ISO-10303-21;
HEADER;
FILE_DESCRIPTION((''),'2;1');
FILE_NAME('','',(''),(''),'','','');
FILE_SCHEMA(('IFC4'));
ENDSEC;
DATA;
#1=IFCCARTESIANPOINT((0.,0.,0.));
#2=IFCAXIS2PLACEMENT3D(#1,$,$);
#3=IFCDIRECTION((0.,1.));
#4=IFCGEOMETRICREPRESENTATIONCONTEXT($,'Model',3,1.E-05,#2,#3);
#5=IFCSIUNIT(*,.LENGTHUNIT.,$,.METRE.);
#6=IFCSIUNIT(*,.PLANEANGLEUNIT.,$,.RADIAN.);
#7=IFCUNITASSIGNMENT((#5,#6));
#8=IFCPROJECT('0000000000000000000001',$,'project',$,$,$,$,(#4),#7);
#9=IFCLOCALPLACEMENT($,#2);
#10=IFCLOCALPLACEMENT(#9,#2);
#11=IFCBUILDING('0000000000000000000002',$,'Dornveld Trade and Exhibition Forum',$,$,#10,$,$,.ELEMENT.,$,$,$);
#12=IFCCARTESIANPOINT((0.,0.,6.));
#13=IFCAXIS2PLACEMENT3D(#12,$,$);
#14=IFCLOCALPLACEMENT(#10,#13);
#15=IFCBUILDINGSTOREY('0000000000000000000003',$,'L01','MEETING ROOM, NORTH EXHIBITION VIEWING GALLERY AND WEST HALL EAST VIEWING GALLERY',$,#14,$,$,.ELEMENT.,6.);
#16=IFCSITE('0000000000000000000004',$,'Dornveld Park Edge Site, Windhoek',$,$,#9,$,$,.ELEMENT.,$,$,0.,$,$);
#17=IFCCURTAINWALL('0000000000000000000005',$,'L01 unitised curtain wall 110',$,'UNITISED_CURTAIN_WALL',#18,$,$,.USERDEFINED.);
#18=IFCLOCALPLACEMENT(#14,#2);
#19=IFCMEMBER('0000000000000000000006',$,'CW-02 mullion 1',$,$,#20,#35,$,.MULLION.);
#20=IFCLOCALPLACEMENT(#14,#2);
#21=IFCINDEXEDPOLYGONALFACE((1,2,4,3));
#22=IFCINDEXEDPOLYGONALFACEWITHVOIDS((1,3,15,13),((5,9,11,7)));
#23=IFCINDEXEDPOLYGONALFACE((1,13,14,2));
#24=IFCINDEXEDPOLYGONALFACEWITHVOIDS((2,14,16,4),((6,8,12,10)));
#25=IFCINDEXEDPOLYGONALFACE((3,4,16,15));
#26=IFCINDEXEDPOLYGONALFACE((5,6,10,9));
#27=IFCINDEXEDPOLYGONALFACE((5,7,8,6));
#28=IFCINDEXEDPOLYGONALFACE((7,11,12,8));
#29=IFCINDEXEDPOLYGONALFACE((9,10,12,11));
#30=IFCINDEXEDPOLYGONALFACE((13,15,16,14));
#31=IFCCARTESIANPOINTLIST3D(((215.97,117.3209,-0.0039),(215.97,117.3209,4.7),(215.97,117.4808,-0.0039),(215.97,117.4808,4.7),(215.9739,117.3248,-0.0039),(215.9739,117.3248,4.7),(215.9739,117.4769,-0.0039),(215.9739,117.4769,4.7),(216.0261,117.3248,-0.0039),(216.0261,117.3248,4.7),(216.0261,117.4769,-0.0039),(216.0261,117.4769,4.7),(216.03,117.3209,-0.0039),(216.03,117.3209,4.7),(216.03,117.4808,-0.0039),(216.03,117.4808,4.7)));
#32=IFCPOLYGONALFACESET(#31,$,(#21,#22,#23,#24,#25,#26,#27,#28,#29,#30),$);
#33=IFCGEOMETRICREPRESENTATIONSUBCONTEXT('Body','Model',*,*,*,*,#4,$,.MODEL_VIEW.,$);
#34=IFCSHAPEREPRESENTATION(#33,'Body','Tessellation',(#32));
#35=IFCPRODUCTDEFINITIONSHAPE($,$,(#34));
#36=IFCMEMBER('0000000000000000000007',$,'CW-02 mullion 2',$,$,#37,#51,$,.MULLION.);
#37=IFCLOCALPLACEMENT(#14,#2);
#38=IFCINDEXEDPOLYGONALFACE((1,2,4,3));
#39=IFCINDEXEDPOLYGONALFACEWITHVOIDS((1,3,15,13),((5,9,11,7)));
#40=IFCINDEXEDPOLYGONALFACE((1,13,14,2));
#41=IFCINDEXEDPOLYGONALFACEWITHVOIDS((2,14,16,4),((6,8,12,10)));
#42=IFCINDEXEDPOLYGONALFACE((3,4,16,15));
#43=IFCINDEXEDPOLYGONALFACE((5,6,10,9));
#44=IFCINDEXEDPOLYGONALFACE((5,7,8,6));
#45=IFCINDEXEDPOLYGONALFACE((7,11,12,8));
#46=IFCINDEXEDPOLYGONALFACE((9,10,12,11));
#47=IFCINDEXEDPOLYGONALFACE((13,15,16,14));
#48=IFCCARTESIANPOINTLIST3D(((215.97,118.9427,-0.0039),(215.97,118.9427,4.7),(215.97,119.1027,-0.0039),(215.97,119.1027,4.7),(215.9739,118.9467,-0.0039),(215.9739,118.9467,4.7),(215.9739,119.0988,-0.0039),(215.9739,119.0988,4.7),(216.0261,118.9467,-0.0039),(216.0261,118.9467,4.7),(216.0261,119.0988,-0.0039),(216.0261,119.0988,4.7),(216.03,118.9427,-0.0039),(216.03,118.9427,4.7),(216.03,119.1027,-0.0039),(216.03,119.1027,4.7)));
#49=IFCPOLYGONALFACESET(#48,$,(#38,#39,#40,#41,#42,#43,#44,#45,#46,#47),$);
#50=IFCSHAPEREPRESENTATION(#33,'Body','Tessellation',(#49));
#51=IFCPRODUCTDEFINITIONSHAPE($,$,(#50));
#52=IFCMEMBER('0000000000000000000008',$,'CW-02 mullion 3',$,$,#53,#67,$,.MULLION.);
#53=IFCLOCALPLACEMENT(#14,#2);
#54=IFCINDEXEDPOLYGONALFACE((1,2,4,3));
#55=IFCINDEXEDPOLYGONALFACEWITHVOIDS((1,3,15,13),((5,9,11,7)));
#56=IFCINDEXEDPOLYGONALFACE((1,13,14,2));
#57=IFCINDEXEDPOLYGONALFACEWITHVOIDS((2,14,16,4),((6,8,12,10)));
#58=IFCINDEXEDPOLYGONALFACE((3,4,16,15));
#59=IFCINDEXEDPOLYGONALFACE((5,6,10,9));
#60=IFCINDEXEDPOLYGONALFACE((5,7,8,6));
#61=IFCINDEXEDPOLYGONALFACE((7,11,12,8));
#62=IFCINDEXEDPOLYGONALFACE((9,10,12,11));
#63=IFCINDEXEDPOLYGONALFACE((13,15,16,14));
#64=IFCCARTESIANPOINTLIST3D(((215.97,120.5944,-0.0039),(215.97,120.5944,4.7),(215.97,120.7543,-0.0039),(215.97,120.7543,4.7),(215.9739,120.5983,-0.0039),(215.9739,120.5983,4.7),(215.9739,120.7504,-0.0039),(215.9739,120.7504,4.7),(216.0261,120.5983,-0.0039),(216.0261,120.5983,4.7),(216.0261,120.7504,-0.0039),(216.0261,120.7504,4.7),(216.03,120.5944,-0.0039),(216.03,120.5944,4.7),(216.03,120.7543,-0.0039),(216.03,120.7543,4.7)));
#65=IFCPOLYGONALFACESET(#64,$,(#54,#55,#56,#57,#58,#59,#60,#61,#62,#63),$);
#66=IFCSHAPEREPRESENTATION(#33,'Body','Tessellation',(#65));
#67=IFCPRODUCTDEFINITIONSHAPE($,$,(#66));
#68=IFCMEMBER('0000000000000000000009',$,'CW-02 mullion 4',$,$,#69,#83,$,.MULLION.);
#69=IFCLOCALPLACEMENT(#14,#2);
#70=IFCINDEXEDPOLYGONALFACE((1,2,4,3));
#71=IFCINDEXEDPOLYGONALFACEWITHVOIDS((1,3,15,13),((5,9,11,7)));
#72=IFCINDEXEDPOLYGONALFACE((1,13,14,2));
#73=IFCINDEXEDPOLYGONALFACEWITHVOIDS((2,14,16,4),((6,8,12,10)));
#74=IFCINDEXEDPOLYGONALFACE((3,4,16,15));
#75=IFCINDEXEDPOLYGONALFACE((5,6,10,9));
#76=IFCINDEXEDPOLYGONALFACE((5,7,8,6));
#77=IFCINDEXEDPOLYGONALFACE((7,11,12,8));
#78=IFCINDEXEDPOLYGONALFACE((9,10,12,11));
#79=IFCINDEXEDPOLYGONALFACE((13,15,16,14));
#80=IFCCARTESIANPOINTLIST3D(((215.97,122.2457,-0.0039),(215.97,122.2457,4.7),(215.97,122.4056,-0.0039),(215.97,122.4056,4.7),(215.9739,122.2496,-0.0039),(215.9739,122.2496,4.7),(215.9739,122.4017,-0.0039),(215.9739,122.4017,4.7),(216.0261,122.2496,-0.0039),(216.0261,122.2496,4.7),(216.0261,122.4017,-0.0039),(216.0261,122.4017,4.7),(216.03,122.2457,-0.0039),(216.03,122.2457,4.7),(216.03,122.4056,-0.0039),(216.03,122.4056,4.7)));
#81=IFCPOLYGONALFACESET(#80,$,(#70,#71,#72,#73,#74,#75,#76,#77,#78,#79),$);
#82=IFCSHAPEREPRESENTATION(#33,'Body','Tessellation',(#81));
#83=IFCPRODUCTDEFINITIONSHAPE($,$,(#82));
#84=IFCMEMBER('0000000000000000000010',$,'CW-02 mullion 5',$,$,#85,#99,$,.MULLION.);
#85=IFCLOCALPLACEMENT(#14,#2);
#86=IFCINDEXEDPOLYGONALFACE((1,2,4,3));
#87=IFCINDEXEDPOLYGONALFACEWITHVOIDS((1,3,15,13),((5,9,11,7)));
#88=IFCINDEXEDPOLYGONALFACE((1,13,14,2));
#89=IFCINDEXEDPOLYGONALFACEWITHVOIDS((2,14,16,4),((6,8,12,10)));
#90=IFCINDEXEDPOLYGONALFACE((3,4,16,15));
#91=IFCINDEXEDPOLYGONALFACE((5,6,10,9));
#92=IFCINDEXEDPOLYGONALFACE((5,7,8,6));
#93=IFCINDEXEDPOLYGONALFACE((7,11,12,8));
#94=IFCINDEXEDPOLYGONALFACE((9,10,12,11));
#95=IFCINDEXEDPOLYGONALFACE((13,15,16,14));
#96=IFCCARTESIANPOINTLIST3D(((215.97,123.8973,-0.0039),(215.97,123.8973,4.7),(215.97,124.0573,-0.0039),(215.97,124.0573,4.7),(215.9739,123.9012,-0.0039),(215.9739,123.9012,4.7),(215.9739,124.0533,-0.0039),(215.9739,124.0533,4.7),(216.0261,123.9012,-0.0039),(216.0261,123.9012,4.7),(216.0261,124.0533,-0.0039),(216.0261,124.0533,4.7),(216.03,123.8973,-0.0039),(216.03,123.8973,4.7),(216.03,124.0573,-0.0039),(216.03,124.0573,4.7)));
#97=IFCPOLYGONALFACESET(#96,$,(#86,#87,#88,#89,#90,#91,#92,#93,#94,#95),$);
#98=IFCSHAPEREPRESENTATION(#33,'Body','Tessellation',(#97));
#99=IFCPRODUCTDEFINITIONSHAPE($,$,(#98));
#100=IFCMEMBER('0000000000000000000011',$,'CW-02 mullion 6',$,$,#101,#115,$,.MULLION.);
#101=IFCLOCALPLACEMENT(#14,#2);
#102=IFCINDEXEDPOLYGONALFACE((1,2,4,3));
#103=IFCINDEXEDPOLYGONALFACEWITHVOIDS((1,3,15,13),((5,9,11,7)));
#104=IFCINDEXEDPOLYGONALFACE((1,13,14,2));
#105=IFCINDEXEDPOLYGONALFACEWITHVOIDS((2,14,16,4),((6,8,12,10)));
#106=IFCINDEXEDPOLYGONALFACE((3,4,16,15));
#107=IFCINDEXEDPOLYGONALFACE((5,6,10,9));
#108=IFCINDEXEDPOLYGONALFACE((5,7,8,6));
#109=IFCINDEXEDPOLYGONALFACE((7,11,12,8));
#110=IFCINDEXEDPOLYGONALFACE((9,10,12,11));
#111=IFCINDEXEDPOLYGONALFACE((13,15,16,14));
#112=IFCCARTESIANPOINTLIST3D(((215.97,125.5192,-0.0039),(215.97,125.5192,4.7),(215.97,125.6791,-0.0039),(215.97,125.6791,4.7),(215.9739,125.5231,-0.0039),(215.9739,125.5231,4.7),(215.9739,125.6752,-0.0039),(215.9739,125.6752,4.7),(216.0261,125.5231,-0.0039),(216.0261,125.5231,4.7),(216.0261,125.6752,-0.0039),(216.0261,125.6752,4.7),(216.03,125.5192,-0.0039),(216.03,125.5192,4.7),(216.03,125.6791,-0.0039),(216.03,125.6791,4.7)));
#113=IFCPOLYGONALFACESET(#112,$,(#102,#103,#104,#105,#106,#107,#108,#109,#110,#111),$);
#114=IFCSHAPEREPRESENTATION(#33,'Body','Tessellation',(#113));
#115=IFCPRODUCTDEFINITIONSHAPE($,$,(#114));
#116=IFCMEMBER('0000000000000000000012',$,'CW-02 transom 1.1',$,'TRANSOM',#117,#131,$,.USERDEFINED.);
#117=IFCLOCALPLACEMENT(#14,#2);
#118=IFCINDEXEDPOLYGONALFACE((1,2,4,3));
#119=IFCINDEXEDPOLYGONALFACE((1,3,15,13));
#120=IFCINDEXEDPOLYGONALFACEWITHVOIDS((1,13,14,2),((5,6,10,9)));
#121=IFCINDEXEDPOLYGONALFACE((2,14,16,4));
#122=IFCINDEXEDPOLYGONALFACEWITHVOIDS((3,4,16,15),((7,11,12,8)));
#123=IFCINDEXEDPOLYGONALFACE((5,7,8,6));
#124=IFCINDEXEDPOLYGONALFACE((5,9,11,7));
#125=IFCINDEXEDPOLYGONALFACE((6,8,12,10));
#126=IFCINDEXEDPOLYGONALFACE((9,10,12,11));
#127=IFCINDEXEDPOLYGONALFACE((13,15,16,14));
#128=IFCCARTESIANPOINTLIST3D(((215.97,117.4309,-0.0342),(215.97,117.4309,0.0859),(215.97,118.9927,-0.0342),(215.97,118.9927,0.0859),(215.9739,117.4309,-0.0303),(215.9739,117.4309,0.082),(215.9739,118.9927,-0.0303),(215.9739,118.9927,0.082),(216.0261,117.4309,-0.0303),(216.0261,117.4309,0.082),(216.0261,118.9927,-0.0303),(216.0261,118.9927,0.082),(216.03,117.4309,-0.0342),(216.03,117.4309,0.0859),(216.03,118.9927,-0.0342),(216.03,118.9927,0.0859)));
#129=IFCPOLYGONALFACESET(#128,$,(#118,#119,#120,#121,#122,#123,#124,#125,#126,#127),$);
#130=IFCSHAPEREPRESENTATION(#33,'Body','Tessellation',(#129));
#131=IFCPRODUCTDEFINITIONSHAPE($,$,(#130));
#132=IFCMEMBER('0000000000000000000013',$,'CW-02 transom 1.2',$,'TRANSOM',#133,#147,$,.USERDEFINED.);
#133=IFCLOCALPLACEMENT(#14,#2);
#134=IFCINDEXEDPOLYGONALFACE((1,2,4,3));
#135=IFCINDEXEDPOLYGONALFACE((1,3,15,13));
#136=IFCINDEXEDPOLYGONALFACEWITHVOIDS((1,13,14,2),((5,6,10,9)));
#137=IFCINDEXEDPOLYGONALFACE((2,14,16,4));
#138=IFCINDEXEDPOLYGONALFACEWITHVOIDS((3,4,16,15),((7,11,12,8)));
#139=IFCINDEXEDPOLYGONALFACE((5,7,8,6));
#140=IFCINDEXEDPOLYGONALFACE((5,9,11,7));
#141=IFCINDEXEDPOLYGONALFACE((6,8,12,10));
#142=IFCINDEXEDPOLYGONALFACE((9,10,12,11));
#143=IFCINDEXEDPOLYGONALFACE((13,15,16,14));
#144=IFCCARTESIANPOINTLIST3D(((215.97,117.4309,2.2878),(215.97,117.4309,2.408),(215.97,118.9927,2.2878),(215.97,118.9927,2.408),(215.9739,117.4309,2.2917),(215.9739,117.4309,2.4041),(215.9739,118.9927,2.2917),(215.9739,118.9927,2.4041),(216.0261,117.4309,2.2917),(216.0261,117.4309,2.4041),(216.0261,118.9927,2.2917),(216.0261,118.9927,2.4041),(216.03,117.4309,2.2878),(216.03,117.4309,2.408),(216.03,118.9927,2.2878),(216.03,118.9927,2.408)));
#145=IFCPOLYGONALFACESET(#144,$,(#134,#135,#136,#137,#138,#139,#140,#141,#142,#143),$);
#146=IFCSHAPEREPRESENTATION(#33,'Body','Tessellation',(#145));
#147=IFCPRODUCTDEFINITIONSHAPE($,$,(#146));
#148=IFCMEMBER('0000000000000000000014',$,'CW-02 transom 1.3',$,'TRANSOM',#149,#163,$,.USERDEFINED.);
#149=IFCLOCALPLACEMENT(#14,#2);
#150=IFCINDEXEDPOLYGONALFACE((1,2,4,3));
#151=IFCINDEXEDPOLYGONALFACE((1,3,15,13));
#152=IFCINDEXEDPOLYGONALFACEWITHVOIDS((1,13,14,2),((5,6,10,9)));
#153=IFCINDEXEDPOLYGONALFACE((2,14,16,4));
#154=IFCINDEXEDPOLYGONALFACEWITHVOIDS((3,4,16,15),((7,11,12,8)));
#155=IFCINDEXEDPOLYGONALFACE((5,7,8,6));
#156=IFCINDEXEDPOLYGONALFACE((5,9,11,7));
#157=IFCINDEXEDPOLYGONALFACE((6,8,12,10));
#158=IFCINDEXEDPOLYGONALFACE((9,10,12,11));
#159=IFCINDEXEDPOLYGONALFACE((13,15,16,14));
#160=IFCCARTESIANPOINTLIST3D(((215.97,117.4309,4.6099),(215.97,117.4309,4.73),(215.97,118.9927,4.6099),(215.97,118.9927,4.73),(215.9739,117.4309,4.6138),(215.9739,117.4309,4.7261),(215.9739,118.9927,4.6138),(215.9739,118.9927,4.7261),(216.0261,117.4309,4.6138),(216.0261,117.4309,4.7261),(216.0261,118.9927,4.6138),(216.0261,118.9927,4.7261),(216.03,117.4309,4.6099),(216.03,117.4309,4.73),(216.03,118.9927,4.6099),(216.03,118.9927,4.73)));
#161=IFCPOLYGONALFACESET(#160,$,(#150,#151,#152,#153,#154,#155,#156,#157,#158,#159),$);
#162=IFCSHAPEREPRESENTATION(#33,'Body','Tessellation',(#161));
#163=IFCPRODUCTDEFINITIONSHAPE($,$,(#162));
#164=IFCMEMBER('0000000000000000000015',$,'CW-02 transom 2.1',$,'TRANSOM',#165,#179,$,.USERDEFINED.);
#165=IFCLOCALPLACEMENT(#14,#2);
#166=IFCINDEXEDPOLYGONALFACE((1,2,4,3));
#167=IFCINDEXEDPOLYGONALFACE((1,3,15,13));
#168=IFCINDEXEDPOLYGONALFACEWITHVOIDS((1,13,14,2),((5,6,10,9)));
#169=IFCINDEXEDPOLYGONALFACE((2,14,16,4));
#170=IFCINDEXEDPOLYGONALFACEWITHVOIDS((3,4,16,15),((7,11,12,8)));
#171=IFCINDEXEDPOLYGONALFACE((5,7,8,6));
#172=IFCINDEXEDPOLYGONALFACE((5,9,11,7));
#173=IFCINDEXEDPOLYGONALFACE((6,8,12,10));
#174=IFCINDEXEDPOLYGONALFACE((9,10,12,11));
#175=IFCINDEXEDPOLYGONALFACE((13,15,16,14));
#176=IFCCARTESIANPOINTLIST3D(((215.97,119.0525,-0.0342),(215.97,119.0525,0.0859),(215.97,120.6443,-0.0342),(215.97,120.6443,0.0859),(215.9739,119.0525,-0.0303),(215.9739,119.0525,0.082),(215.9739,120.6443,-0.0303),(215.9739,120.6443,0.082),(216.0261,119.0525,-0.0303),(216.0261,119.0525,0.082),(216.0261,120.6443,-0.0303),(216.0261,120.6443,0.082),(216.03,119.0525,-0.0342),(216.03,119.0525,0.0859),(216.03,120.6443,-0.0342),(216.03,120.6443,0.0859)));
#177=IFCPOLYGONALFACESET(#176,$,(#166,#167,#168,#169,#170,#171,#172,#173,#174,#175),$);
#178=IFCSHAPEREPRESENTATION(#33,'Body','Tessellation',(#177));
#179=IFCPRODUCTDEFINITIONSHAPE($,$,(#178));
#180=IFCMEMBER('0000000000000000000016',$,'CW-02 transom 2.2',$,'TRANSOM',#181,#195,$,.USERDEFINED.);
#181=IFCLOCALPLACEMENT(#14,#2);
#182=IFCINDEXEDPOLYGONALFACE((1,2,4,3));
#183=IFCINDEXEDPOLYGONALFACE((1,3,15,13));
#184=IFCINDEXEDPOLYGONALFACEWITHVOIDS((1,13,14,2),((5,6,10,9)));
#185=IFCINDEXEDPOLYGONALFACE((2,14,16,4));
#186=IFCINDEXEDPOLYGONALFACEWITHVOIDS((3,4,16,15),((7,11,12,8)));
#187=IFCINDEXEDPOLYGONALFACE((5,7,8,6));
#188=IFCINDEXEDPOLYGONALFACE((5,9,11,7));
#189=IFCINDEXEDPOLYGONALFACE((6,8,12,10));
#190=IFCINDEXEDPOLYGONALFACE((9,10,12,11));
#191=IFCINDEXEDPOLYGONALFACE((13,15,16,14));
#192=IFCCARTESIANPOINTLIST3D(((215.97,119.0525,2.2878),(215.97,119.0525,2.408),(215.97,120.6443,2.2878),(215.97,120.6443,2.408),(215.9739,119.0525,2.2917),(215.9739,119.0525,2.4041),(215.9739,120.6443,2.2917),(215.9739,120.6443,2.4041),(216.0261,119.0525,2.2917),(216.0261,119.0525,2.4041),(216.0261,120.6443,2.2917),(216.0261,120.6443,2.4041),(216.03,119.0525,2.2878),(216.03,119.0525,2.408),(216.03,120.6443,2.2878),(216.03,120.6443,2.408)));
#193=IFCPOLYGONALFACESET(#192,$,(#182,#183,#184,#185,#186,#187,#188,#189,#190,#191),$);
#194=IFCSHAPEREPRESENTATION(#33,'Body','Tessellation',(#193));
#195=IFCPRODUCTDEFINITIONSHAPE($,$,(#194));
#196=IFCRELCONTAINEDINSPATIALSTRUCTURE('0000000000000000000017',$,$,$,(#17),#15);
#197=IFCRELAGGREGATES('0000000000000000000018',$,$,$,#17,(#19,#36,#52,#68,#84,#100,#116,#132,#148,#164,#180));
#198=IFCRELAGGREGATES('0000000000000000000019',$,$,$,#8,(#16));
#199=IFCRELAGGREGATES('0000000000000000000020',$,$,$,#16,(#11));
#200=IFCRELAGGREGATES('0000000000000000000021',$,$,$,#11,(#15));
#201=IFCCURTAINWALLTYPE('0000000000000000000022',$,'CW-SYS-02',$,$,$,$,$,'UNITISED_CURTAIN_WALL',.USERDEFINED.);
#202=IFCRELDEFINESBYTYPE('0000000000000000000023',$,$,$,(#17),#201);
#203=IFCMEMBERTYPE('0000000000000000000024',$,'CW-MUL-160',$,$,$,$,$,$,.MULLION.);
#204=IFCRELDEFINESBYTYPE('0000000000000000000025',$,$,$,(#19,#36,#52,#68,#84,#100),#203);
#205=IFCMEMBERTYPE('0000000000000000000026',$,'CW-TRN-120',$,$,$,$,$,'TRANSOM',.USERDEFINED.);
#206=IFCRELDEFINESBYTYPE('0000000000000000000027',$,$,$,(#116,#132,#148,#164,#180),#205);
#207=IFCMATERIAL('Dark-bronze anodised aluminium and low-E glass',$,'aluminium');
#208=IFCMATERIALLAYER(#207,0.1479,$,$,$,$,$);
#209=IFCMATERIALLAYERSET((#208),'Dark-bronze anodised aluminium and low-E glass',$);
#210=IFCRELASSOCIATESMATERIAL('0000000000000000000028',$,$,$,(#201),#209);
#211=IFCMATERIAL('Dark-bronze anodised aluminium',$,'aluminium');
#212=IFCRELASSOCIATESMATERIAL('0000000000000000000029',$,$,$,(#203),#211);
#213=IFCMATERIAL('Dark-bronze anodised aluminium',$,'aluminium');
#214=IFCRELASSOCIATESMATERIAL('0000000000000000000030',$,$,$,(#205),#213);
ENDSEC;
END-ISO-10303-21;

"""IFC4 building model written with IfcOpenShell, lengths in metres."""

from ifc_helpers import new_model, si_unit, direction, frame, origin, origin_2d, place, context, subcontext, project, spatial, hollow_rectangle, extrude, material, layer, layer_set, material_profile, profile_set, type_object, element, aggregate, save


model = new_model("IFC4")

# Units and contexts
model_context = context("Model", 3, precision=1e-05, world=origin(), true_north=direction((0.0, 1.0)))
body_context = subcontext(model_context, "Body", "Model", "MODEL_VIEW")
ifc_project = project(units=[si_unit("LENGTHUNIT", "METRE"), si_unit("PLANEANGLEUNIT", "RADIAN")], contexts=[model_context])

# Site, building, storey
site_placement = place(None, origin())
site = spatial("IfcSite", under=ifc_project, at=site_placement, Name="Dornveld Park Edge Site, Windhoek", CompositionType="ELEMENT", RefElevation=0.0)
building_placement = place(site_placement, origin())
building = spatial("IfcBuilding", under=site, at=building_placement, Name="Dornveld Trade and Exhibition Forum", CompositionType="ELEMENT")
storey_placement = place(building_placement, frame((0.0, 0.0, 6.0)))
storey = spatial("IfcBuildingStorey", under=building, at=storey_placement, Name="L01", Description="MEETING ROOM, NORTH EXHIBITION VIEWING GALLERY AND WEST HALL EAST VIEWING GALLERY", CompositionType="ELEMENT", Elevation=6.0)

# Curtain wall, members
ifc_material_1 = material(Name="Dark-bronze anodised aluminium and low-E glass", Category="aluminium")
ifc_layer_1 = layer(ifc_material_1, 0.1479)
ifc_layer_set_1 = layer_set([ifc_layer_1], Name="Dark-bronze anodised aluminium and low-E glass")
curtain_wall_type = type_object("IfcCurtainWallType", Name="CW-SYS-02", ElementType="UNITISED_CURTAIN_WALL", PredefinedType="USERDEFINED", material=ifc_layer_set_1)
curtain_wall_placement = place(storey_placement, origin())
curtain_wall = element("IfcCurtainWall", 1, at=curtain_wall_placement, inside=storey, type_object=curtain_wall_type, Name="L01 unitised curtain wall 110", ObjectType="UNITISED_CURTAIN_WALL", PredefinedType="USERDEFINED")
ifc_material_2 = material(Name="Dark-bronze anodised aluminium", Category="aluminium")
ifc_material_profile_1 = material_profile(ifc_material_2, hollow_rectangle(XDim=0.0601, YDim=0.1599, WallThickness=0.0039, at=origin_2d()), Name="RHS 160x60x4")
ifc_profile_set_1 = profile_set([ifc_material_profile_1], Name="Dark-bronze anodised aluminium")
member_type_1 = type_object("IfcMemberType", Name="CW-MUL-160", PredefinedType="MULLION", material=ifc_profile_set_1)
member_1_placement = place(storey_placement, frame((216.0, 117.4009, -0.0039), z_axis=(0.0, 0.0, 1.0), x_axis=(-1.0, 0.0, 0.0)))
member_1 = element("IfcMember", 2, at=member_1_placement, type_object=member_type_1, Name="CW-02 mullion 1", PredefinedType="MULLION", context=body_context, shape_type="SweptSolid", body=[
    extrude(hollow_rectangle(XDim=0.0601, YDim=0.1599, WallThickness=0.0039, at=origin_2d()), origin(), (0.0, 0.0, 1.0), 4.7039),
])
member_2_placement = place(storey_placement, frame((216.0, 119.0227, -0.0039), z_axis=(0.0, 0.0, 1.0), x_axis=(-1.0, 0.0, 0.0)))
member_2 = element("IfcMember", 3, at=member_2_placement, type_object=member_type_1, Name="CW-02 mullion 2", PredefinedType="MULLION", context=body_context, shape_type="SweptSolid", body=[
    extrude(hollow_rectangle(XDim=0.0601, YDim=0.1599, WallThickness=0.0039, at=origin_2d()), origin(), (0.0, 0.0, 1.0), 4.7039),
])
member_3_placement = place(storey_placement, frame((216.0, 120.6743, -0.0039), z_axis=(0.0, 0.0, 1.0), x_axis=(-1.0, 0.0, 0.0)))
member_3 = element("IfcMember", 4, at=member_3_placement, type_object=member_type_1, Name="CW-02 mullion 3", PredefinedType="MULLION", context=body_context, shape_type="SweptSolid", body=[
    extrude(hollow_rectangle(XDim=0.0601, YDim=0.1599, WallThickness=0.0039, at=origin_2d()), origin(), (0.0, 0.0, 1.0), 4.7039),
])
member_4_placement = place(storey_placement, frame((216.0, 122.3257, -0.0039), z_axis=(0.0, 0.0, 1.0), x_axis=(-1.0, 0.0, 0.0)))
member_4 = element("IfcMember", 5, at=member_4_placement, type_object=member_type_1, Name="CW-02 mullion 4", PredefinedType="MULLION", context=body_context, shape_type="SweptSolid", body=[
    extrude(hollow_rectangle(XDim=0.0601, YDim=0.1599, WallThickness=0.0039, at=origin_2d()), origin(), (0.0, 0.0, 1.0), 4.7039),
])
member_5_placement = place(storey_placement, frame((216.0, 123.9773, -0.0039), z_axis=(0.0, 0.0, 1.0), x_axis=(-1.0, 0.0, 0.0)))
member_5 = element("IfcMember", 6, at=member_5_placement, type_object=member_type_1, Name="CW-02 mullion 5", PredefinedType="MULLION", context=body_context, shape_type="SweptSolid", body=[
    extrude(hollow_rectangle(XDim=0.0601, YDim=0.1599, WallThickness=0.0039, at=origin_2d()), origin(), (0.0, 0.0, 1.0), 4.7039),
])
member_6_placement = place(storey_placement, frame((216.0, 125.5991, -0.0039), z_axis=(0.0, 0.0, 1.0), x_axis=(-1.0, 0.0, 0.0)))
member_6 = element("IfcMember", 7, at=member_6_placement, type_object=member_type_1, Name="CW-02 mullion 6", PredefinedType="MULLION", context=body_context, shape_type="SweptSolid", body=[
    extrude(hollow_rectangle(XDim=0.0601, YDim=0.1599, WallThickness=0.0039, at=origin_2d()), origin(), (0.0, 0.0, 1.0), 4.7039),
])
ifc_material_3 = material(Name="Dark-bronze anodised aluminium", Category="aluminium")
ifc_material_profile_2 = material_profile(ifc_material_3, hollow_rectangle(XDim=0.0601, YDim=0.1201, WallThickness=0.0039, at=origin_2d()), Name="RHS 120x60x4")
ifc_profile_set_2 = profile_set([ifc_material_profile_2], Name="Dark-bronze anodised aluminium")
member_type_2 = type_object("IfcMemberType", Name="CW-TRN-120", ElementType="TRANSOM", PredefinedType="USERDEFINED", material=ifc_profile_set_2)
member_7_placement = place(storey_placement, frame((216.0, 117.4309, 0.0259), z_axis=(0.0, 1.0, 0.0), x_axis=(-1.0, 0.0, 0.0)))
member_7 = element("IfcMember", 8, at=member_7_placement, type_object=member_type_2, Name="CW-02 transom 1.1", ObjectType="TRANSOM", PredefinedType="USERDEFINED", context=body_context, shape_type="SweptSolid", body=[
    extrude(hollow_rectangle(XDim=0.0601, YDim=0.1201, WallThickness=0.0039, at=origin_2d()), origin(), (0.0, 0.0, 1.0), 1.5618),
])
member_8_placement = place(storey_placement, frame((216.0, 117.4309, 2.3479), z_axis=(0.0, 1.0, 0.0), x_axis=(-1.0, 0.0, 0.0)))
member_8 = element("IfcMember", 9, at=member_8_placement, type_object=member_type_2, Name="CW-02 transom 1.2", ObjectType="TRANSOM", PredefinedType="USERDEFINED", context=body_context, shape_type="SweptSolid", body=[
    extrude(hollow_rectangle(XDim=0.0601, YDim=0.1201, WallThickness=0.0039, at=origin_2d()), origin(), (0.0, 0.0, 1.0), 1.5618),
])
member_9_placement = place(storey_placement, frame((216.0, 117.4309, 4.6699), z_axis=(0.0, 1.0, 0.0), x_axis=(-1.0, 0.0, 0.0)))
member_9 = element("IfcMember", 10, at=member_9_placement, type_object=member_type_2, Name="CW-02 transom 1.3", ObjectType="TRANSOM", PredefinedType="USERDEFINED", context=body_context, shape_type="SweptSolid", body=[
    extrude(hollow_rectangle(XDim=0.0601, YDim=0.1201, WallThickness=0.0039, at=origin_2d()), origin(), (0.0, 0.0, 1.0), 1.5618),
])
member_10_placement = place(storey_placement, frame((216.0, 119.0525, 0.0259), z_axis=(0.0, 1.0, 0.0), x_axis=(-1.0, 0.0, 0.0)))
member_10 = element("IfcMember", 11, at=member_10_placement, type_object=member_type_2, Name="CW-02 transom 2.1", ObjectType="TRANSOM", PredefinedType="USERDEFINED", context=body_context, shape_type="SweptSolid", body=[
    extrude(hollow_rectangle(XDim=0.0601, YDim=0.1201, WallThickness=0.0039, at=origin_2d()), origin(), (0.0, 0.0, 1.0), 1.5918),
])
member_11_placement = place(storey_placement, frame((216.0, 119.0525, 2.3479), z_axis=(0.0, 1.0, 0.0), x_axis=(-1.0, 0.0, 0.0)))
member_11 = element("IfcMember", 12, at=member_11_placement, type_object=member_type_2, Name="CW-02 transom 2.2", ObjectType="TRANSOM", PredefinedType="USERDEFINED", context=body_context, shape_type="SweptSolid", body=[
    extrude(hollow_rectangle(XDim=0.0601, YDim=0.1201, WallThickness=0.0039, at=origin_2d()), origin(), (0.0, 0.0, 1.0), 1.5918),
])
aggregate(curtain_wall, [member_1, member_2, member_3, member_4, member_5, member_6, member_7, member_8, member_9, member_10, member_11])

save(model, "model.ifc")
